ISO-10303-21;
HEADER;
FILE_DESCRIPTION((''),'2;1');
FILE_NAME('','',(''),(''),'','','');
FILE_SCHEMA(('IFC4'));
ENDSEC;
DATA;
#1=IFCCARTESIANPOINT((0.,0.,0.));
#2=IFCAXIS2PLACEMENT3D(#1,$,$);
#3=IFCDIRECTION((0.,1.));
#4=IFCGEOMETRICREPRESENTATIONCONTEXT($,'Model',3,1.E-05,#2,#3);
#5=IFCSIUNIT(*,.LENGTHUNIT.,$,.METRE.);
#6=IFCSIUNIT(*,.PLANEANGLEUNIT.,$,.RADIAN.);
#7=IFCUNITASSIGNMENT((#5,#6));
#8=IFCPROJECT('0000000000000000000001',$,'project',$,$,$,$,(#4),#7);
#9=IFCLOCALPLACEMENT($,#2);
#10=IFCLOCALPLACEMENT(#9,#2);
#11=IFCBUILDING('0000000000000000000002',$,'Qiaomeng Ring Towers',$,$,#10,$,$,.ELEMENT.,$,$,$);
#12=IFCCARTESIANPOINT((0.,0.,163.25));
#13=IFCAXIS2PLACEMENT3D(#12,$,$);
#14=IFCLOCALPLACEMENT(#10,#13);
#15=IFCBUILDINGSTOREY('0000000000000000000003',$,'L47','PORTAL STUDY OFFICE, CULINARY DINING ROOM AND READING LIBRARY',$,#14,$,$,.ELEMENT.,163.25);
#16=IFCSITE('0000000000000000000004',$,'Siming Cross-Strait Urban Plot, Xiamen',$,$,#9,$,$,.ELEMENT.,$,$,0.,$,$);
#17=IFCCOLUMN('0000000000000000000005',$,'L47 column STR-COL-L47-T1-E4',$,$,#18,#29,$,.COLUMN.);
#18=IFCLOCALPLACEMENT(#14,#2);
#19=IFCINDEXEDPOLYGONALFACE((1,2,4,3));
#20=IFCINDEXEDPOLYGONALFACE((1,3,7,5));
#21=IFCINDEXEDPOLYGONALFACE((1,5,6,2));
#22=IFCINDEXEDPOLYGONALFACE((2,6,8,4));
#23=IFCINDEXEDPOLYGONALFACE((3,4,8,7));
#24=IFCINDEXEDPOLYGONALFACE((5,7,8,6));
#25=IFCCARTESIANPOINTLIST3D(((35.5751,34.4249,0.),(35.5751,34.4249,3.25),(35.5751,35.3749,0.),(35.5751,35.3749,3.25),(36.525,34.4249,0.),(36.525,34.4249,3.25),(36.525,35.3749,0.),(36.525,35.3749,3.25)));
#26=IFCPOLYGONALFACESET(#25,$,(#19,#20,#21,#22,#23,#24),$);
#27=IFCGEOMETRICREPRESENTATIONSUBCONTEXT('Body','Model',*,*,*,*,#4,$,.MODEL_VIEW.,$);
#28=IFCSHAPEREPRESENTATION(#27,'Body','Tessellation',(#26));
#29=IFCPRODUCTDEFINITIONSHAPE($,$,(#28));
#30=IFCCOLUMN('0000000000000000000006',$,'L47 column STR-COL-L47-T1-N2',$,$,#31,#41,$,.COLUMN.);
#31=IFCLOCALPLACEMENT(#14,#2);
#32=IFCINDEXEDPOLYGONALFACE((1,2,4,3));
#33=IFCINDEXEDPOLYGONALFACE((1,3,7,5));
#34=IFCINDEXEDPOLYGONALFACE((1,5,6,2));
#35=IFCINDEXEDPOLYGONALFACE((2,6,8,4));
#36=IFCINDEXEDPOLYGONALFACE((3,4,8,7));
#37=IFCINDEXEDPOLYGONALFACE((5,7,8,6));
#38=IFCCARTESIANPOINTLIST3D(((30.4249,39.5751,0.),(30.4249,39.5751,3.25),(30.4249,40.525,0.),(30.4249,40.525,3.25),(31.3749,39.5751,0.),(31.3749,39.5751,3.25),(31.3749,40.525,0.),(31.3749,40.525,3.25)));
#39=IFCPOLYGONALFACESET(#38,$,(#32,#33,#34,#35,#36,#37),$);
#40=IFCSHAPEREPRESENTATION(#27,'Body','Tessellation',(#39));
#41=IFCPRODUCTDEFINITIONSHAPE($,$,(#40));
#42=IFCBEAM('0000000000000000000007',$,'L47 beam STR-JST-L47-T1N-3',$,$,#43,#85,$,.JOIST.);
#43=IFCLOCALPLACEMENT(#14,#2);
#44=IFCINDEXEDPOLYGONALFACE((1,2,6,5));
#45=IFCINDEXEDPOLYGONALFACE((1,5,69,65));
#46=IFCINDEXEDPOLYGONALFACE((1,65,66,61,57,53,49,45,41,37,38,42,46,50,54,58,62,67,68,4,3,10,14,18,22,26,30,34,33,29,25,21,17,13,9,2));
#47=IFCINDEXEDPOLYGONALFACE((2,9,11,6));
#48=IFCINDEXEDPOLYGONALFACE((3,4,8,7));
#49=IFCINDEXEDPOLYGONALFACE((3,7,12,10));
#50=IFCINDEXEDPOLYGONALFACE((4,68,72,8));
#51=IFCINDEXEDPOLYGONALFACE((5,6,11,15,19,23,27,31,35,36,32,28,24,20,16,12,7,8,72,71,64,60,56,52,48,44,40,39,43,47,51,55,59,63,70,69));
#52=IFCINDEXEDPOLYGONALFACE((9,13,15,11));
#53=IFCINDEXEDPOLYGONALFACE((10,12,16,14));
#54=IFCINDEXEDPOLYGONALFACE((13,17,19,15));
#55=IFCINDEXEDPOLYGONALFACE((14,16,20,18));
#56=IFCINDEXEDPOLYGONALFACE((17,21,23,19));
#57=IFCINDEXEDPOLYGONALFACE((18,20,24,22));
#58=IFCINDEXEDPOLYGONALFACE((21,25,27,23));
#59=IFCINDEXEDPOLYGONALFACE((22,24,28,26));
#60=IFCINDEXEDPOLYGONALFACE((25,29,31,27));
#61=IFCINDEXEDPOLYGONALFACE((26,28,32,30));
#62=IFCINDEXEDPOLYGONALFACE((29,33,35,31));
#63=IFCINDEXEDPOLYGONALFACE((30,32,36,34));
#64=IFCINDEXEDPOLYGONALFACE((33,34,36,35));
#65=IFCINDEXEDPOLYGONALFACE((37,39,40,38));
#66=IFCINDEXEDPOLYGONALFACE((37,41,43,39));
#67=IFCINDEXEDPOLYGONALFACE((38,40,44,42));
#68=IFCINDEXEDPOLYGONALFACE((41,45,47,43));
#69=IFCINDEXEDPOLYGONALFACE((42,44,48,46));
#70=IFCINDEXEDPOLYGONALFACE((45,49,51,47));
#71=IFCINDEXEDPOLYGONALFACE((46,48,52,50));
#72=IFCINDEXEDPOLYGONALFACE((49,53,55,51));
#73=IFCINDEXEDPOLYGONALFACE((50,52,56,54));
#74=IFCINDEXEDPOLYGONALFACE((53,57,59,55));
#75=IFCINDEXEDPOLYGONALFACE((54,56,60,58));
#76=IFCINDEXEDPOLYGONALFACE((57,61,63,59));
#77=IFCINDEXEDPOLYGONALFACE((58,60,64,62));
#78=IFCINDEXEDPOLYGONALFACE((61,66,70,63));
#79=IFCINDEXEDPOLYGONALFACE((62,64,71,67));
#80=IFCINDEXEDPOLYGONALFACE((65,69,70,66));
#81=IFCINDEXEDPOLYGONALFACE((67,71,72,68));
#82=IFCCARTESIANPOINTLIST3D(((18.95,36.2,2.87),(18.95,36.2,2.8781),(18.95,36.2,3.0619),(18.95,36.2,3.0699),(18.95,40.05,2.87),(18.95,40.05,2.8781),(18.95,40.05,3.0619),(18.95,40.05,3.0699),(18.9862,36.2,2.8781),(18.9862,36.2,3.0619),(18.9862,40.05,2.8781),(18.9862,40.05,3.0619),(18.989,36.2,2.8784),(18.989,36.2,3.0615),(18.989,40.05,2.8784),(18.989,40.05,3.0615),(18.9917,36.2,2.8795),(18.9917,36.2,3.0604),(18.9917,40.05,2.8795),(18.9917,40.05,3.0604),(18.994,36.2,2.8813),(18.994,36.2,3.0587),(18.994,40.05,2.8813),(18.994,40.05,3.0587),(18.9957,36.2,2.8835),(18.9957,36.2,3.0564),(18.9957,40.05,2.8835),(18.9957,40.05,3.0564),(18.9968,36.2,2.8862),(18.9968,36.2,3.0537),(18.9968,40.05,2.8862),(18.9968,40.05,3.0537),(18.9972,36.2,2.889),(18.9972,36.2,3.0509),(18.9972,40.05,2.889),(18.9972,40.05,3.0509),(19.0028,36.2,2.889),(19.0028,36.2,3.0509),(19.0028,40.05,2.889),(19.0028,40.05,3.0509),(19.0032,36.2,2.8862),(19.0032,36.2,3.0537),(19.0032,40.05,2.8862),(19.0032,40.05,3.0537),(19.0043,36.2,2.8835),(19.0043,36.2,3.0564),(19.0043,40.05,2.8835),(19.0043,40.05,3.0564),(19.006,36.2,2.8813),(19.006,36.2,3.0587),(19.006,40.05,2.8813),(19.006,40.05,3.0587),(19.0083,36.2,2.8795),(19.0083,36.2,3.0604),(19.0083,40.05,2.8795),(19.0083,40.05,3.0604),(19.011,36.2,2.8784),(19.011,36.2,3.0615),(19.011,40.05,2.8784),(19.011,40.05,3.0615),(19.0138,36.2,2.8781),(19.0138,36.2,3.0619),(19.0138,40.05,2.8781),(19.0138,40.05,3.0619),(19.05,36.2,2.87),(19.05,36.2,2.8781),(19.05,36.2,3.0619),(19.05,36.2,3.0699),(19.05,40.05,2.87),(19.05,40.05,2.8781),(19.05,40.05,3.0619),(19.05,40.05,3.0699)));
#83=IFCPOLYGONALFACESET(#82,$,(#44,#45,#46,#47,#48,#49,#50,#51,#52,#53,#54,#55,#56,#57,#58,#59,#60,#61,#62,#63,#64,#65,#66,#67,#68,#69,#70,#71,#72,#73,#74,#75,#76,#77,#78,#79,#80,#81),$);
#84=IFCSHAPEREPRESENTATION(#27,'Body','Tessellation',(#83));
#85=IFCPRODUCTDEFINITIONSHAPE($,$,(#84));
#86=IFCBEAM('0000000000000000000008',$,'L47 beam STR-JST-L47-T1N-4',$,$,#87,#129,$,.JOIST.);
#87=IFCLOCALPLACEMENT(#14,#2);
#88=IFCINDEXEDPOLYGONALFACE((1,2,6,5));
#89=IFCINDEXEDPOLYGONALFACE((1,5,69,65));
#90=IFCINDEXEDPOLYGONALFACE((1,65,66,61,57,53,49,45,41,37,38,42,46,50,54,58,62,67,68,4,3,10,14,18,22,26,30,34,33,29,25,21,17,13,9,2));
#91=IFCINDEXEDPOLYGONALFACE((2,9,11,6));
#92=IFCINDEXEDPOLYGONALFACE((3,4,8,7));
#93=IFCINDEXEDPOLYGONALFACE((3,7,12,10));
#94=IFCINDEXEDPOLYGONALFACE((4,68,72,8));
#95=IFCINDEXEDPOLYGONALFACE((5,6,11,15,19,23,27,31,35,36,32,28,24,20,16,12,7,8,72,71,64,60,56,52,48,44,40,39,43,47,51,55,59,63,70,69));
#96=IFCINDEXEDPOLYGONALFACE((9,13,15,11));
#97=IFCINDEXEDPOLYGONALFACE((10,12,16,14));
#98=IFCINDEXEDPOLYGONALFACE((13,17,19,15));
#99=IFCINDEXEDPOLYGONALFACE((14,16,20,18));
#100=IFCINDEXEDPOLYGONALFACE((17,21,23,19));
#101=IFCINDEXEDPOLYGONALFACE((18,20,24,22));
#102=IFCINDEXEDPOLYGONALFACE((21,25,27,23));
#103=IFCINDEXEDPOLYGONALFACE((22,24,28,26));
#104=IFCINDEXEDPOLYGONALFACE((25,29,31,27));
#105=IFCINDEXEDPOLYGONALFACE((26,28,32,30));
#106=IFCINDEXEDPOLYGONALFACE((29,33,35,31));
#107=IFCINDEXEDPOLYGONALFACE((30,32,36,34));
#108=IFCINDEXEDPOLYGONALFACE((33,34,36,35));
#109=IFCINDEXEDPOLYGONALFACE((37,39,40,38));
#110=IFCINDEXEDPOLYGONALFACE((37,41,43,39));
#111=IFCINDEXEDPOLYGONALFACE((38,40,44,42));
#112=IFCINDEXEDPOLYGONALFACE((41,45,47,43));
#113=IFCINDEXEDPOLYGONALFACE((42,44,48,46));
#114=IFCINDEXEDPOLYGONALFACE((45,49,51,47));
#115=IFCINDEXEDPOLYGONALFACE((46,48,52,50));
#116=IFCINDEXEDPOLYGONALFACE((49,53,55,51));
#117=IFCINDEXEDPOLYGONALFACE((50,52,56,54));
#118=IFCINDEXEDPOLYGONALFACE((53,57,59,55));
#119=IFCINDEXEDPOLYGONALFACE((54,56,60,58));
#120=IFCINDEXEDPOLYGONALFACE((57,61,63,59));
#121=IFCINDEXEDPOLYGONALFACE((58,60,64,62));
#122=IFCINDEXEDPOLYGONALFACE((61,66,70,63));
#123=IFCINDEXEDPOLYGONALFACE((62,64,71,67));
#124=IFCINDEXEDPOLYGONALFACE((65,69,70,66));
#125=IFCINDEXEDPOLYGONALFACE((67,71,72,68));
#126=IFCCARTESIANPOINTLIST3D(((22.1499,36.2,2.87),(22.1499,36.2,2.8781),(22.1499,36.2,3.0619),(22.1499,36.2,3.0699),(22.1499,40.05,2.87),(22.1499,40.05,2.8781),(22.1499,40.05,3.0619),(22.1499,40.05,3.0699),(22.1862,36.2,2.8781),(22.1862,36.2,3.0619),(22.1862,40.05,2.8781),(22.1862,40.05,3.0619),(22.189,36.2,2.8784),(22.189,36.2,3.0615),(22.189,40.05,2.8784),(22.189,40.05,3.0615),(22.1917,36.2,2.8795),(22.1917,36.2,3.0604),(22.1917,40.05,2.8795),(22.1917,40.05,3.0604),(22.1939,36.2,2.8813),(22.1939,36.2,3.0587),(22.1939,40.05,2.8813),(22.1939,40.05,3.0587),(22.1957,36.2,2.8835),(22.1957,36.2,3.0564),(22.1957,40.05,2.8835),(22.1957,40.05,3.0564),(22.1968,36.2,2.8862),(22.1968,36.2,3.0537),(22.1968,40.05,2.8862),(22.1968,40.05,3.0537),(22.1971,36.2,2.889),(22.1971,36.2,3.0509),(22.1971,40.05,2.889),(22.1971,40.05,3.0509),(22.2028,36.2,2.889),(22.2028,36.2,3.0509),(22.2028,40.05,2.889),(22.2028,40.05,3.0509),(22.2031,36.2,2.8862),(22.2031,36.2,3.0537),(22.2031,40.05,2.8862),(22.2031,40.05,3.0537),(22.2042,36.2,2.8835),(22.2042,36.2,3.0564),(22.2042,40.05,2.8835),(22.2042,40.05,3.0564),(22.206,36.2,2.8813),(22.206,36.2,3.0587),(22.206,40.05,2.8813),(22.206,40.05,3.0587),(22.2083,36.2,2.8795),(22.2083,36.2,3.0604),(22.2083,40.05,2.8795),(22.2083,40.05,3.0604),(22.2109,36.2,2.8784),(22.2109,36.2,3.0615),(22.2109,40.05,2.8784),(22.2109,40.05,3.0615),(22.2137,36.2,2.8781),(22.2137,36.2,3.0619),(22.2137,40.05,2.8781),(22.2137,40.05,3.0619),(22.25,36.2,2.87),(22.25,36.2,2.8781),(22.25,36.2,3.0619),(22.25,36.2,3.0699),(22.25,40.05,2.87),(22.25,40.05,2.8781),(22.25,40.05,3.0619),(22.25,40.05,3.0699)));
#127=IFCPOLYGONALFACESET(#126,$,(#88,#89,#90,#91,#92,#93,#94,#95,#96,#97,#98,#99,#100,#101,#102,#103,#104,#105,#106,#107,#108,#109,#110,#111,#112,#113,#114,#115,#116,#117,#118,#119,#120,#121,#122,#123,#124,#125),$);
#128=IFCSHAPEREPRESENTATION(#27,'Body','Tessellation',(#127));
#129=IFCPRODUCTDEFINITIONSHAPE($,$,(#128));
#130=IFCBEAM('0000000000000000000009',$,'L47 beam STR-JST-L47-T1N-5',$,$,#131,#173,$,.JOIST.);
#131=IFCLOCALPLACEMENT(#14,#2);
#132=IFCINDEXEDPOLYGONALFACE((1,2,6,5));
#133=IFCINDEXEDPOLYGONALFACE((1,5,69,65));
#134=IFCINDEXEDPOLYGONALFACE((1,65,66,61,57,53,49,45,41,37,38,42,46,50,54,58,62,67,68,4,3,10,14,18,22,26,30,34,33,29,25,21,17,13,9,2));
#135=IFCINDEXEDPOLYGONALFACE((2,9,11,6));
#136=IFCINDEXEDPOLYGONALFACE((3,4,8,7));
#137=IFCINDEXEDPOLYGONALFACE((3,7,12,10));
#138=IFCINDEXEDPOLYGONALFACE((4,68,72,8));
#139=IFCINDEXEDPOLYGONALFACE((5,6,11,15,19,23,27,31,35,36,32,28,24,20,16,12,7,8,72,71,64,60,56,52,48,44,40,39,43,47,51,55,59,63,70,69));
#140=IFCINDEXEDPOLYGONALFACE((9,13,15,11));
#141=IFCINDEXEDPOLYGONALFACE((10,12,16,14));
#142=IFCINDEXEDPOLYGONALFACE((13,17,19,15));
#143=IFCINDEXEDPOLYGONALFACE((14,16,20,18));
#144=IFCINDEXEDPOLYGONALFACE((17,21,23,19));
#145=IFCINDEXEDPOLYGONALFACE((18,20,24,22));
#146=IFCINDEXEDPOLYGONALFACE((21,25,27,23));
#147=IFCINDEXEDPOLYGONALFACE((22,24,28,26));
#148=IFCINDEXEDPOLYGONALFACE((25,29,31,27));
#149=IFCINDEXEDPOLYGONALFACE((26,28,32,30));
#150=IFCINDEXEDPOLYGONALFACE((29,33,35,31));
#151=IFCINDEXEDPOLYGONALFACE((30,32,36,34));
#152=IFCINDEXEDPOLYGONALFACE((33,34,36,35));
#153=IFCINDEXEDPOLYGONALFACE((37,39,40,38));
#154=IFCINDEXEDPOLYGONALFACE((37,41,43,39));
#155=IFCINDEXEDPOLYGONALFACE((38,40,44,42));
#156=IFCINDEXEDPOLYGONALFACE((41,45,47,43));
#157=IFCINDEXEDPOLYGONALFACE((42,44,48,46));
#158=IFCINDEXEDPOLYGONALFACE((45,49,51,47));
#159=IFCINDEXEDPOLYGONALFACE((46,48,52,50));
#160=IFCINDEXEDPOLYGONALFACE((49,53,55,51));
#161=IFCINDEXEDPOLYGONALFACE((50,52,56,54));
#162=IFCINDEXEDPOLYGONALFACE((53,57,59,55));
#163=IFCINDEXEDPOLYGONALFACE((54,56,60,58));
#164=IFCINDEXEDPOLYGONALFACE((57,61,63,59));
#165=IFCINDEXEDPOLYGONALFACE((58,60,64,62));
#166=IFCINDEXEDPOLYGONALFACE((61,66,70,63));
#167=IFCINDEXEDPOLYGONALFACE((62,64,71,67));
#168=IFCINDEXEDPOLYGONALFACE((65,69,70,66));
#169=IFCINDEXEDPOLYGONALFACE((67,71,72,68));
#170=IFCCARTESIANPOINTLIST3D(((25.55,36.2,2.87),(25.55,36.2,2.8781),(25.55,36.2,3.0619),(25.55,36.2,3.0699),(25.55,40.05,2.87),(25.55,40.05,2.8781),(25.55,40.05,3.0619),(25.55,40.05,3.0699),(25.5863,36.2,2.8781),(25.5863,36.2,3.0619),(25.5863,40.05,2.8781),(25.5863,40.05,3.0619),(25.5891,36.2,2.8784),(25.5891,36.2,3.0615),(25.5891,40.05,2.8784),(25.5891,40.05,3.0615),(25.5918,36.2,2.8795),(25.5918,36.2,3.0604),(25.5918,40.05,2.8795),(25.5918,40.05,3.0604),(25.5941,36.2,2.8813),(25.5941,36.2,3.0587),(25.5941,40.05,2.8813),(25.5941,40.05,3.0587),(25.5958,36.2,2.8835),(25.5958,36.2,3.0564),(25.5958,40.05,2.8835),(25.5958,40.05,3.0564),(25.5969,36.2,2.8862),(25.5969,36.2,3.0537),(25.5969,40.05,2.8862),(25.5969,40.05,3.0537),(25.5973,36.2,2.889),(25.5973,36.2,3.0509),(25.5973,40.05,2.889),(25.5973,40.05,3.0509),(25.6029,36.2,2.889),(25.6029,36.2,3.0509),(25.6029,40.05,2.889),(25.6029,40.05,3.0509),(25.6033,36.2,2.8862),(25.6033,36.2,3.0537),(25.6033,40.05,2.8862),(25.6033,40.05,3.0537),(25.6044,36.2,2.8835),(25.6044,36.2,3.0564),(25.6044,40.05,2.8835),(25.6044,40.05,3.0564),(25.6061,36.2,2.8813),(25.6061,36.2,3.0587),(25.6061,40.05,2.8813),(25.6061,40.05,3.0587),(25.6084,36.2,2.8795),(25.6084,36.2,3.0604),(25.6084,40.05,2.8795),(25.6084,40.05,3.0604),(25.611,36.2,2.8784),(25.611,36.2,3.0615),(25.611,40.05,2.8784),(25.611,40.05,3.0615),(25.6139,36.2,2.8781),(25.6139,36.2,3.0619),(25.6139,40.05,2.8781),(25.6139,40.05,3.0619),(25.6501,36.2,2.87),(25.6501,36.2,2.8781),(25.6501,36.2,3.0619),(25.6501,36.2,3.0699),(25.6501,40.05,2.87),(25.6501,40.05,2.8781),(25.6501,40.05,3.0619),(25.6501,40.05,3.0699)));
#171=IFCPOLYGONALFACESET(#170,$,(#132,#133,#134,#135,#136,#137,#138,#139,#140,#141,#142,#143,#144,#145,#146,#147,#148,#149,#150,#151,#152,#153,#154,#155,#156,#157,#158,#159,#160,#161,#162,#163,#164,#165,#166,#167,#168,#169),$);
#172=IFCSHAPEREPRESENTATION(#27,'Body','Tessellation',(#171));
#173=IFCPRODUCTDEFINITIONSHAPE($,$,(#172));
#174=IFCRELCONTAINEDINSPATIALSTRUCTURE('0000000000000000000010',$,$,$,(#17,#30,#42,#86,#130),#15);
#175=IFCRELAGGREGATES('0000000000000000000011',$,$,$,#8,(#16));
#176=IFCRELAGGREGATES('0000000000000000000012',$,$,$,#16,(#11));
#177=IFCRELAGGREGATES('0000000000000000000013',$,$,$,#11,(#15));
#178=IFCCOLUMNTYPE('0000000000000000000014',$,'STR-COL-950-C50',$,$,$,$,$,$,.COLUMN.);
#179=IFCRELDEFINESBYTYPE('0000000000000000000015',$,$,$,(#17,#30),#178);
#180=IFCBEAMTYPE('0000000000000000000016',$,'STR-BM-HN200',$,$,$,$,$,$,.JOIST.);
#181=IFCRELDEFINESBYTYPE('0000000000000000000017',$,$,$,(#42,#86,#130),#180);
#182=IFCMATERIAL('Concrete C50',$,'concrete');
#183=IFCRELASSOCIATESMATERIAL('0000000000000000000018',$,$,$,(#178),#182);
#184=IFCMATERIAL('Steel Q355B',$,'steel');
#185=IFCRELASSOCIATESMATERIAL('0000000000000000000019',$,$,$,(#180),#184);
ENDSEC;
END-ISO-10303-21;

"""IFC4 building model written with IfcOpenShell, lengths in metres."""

from ifc_helpers import new_model, si_unit, direction, frame, origin, origin_2d, place, context, subcontext, project, spatial, rectangle, i_section, extrude, source, transform, mapped, material, material_profile, profile_set, type_object, element, save


model = new_model("IFC4")

# Units and contexts
model_context = context("Model", 3, precision=1e-05, world=origin(), true_north=direction((0.0, 1.0)))
body_context = subcontext(model_context, "Body", "Model", "MODEL_VIEW")
ifc_project = project(units=[si_unit("LENGTHUNIT", "METRE"), si_unit("PLANEANGLEUNIT", "RADIAN")], contexts=[model_context])

# Site, building, storey
site_placement = place(None, origin())
site = spatial("IfcSite", under=ifc_project, at=site_placement, Name="Siming Cross-Strait Urban Plot, Xiamen", CompositionType="ELEMENT", RefElevation=0.0)
building_placement = place(site_placement, origin())
building = spatial("IfcBuilding", under=site, at=building_placement, Name="Qiaomeng Ring Towers", CompositionType="ELEMENT")
storey_placement = place(building_placement, frame((0.0, 0.0, 163.25)))
storey = spatial("IfcBuildingStorey", under=building, at=storey_placement, Name="L47", Description="PORTAL STUDY OFFICE, CULINARY DINING ROOM AND READING LIBRARY", CompositionType="ELEMENT", Elevation=163.25)

# Columns
ifc_material_1 = material(Name="Concrete C50", Category="concrete")
ifc_material_profile_1 = material_profile(ifc_material_1, rectangle(XDim=0.95, YDim=0.95, at=origin_2d()), Name="RC COL 950x950")
ifc_profile_set_1 = profile_set([ifc_material_profile_1], Name="Concrete C50")
column_type = type_object("IfcColumnType", Name="STR-COL-950-C50", PredefinedType="COLUMN", material=ifc_profile_set_1)
shared_shape_1 = source(origin(), body_context, "Body", "SweptSolid", [
    extrude(rectangle(XDim=0.95, YDim=0.95, at=origin_2d()), origin(), (0.0, 0.0, 1.0), 3.25),
])
for number, where, z_axis, x_axis, name in (
    (1, (36.05, 34.8999, 0.0), (0.0, 0.0, 1.0), (1.0, 0.0, 0.0), "L47 column STR-COL-L47-T1-E4"),
    (2, (30.8999, 40.05, 0.0), (0.0, 0.0, 1.0), (1.0, 0.0, 0.0), "L47 column STR-COL-L47-T1-N2"),
):
    element("IfcColumn", number, at=place(storey_placement, frame(where, z_axis=z_axis, x_axis=x_axis)), inside=storey, type_object=column_type, Name=name, PredefinedType="COLUMN", context=body_context, shape_type="MappedRepresentation", body=[
        mapped(shared_shape_1, transform((0.0, 0.0, 0.0), x_axis=(1.0, 0.0, 0.0), y_axis=(0.0, 1.0, 0.0), z_axis=(0.0, 0.0, 1.0), scale=1.0)),
    ])

# Beams
ifc_material_2 = material(Name="Steel Q355B", Category="steel")
ifc_material_profile_2 = material_profile(ifc_material_2, i_section(OverallWidth=0.1001, OverallDepth=0.2, WebThickness=0.0056, FlangeThickness=0.0081, FilletRadius=0.011, at=origin_2d()), Name="HN 200x100x5.5x8")
ifc_profile_set_2 = profile_set([ifc_material_profile_2], Name="Steel Q355B")
beam_type_1 = type_object("IfcBeamType", Name="STR-BM-HN200", PredefinedType="JOIST", material=ifc_profile_set_2)
shared_shape_2 = source(origin(), body_context, "Body", "SweptSolid", [
    extrude(i_section(OverallWidth=0.1001, OverallDepth=0.2, WebThickness=0.0056, FlangeThickness=0.0081, FilletRadius=0.011, at=origin_2d()), origin(), (0.0, 0.0, 1.0), 3.8501),
])
for number, where, z_axis, x_axis, name in (
    (3, (19.0, 36.2, 2.97), (0.0, 1.0, 0.0), (-1.0, 0.0, 0.0), "L47 beam STR-JST-L47-T1N-3"),
    (4, (22.2, 36.2, 2.97), (0.0, 1.0, 0.0), (-1.0, 0.0, 0.0), "L47 beam STR-JST-L47-T1N-4"),
    (5, (25.6001, 36.2, 2.97), (0.0, 1.0, 0.0), (-1.0, 0.0, 0.0), "L47 beam STR-JST-L47-T1N-5"),
):
    element("IfcBeam", number, at=place(storey_placement, frame(where, z_axis=z_axis, x_axis=x_axis)), inside=storey, type_object=beam_type_1, Name=name, PredefinedType="JOIST", context=body_context, shape_type="MappedRepresentation", body=[
        mapped(shared_shape_2, transform((0.0, 0.0, 0.0), x_axis=(1.0, 0.0, 0.0), y_axis=(0.0, 1.0, 0.0), z_axis=(0.0, 0.0, 1.0), scale=1.0)),
    ])

save(model, "model.ifc")
